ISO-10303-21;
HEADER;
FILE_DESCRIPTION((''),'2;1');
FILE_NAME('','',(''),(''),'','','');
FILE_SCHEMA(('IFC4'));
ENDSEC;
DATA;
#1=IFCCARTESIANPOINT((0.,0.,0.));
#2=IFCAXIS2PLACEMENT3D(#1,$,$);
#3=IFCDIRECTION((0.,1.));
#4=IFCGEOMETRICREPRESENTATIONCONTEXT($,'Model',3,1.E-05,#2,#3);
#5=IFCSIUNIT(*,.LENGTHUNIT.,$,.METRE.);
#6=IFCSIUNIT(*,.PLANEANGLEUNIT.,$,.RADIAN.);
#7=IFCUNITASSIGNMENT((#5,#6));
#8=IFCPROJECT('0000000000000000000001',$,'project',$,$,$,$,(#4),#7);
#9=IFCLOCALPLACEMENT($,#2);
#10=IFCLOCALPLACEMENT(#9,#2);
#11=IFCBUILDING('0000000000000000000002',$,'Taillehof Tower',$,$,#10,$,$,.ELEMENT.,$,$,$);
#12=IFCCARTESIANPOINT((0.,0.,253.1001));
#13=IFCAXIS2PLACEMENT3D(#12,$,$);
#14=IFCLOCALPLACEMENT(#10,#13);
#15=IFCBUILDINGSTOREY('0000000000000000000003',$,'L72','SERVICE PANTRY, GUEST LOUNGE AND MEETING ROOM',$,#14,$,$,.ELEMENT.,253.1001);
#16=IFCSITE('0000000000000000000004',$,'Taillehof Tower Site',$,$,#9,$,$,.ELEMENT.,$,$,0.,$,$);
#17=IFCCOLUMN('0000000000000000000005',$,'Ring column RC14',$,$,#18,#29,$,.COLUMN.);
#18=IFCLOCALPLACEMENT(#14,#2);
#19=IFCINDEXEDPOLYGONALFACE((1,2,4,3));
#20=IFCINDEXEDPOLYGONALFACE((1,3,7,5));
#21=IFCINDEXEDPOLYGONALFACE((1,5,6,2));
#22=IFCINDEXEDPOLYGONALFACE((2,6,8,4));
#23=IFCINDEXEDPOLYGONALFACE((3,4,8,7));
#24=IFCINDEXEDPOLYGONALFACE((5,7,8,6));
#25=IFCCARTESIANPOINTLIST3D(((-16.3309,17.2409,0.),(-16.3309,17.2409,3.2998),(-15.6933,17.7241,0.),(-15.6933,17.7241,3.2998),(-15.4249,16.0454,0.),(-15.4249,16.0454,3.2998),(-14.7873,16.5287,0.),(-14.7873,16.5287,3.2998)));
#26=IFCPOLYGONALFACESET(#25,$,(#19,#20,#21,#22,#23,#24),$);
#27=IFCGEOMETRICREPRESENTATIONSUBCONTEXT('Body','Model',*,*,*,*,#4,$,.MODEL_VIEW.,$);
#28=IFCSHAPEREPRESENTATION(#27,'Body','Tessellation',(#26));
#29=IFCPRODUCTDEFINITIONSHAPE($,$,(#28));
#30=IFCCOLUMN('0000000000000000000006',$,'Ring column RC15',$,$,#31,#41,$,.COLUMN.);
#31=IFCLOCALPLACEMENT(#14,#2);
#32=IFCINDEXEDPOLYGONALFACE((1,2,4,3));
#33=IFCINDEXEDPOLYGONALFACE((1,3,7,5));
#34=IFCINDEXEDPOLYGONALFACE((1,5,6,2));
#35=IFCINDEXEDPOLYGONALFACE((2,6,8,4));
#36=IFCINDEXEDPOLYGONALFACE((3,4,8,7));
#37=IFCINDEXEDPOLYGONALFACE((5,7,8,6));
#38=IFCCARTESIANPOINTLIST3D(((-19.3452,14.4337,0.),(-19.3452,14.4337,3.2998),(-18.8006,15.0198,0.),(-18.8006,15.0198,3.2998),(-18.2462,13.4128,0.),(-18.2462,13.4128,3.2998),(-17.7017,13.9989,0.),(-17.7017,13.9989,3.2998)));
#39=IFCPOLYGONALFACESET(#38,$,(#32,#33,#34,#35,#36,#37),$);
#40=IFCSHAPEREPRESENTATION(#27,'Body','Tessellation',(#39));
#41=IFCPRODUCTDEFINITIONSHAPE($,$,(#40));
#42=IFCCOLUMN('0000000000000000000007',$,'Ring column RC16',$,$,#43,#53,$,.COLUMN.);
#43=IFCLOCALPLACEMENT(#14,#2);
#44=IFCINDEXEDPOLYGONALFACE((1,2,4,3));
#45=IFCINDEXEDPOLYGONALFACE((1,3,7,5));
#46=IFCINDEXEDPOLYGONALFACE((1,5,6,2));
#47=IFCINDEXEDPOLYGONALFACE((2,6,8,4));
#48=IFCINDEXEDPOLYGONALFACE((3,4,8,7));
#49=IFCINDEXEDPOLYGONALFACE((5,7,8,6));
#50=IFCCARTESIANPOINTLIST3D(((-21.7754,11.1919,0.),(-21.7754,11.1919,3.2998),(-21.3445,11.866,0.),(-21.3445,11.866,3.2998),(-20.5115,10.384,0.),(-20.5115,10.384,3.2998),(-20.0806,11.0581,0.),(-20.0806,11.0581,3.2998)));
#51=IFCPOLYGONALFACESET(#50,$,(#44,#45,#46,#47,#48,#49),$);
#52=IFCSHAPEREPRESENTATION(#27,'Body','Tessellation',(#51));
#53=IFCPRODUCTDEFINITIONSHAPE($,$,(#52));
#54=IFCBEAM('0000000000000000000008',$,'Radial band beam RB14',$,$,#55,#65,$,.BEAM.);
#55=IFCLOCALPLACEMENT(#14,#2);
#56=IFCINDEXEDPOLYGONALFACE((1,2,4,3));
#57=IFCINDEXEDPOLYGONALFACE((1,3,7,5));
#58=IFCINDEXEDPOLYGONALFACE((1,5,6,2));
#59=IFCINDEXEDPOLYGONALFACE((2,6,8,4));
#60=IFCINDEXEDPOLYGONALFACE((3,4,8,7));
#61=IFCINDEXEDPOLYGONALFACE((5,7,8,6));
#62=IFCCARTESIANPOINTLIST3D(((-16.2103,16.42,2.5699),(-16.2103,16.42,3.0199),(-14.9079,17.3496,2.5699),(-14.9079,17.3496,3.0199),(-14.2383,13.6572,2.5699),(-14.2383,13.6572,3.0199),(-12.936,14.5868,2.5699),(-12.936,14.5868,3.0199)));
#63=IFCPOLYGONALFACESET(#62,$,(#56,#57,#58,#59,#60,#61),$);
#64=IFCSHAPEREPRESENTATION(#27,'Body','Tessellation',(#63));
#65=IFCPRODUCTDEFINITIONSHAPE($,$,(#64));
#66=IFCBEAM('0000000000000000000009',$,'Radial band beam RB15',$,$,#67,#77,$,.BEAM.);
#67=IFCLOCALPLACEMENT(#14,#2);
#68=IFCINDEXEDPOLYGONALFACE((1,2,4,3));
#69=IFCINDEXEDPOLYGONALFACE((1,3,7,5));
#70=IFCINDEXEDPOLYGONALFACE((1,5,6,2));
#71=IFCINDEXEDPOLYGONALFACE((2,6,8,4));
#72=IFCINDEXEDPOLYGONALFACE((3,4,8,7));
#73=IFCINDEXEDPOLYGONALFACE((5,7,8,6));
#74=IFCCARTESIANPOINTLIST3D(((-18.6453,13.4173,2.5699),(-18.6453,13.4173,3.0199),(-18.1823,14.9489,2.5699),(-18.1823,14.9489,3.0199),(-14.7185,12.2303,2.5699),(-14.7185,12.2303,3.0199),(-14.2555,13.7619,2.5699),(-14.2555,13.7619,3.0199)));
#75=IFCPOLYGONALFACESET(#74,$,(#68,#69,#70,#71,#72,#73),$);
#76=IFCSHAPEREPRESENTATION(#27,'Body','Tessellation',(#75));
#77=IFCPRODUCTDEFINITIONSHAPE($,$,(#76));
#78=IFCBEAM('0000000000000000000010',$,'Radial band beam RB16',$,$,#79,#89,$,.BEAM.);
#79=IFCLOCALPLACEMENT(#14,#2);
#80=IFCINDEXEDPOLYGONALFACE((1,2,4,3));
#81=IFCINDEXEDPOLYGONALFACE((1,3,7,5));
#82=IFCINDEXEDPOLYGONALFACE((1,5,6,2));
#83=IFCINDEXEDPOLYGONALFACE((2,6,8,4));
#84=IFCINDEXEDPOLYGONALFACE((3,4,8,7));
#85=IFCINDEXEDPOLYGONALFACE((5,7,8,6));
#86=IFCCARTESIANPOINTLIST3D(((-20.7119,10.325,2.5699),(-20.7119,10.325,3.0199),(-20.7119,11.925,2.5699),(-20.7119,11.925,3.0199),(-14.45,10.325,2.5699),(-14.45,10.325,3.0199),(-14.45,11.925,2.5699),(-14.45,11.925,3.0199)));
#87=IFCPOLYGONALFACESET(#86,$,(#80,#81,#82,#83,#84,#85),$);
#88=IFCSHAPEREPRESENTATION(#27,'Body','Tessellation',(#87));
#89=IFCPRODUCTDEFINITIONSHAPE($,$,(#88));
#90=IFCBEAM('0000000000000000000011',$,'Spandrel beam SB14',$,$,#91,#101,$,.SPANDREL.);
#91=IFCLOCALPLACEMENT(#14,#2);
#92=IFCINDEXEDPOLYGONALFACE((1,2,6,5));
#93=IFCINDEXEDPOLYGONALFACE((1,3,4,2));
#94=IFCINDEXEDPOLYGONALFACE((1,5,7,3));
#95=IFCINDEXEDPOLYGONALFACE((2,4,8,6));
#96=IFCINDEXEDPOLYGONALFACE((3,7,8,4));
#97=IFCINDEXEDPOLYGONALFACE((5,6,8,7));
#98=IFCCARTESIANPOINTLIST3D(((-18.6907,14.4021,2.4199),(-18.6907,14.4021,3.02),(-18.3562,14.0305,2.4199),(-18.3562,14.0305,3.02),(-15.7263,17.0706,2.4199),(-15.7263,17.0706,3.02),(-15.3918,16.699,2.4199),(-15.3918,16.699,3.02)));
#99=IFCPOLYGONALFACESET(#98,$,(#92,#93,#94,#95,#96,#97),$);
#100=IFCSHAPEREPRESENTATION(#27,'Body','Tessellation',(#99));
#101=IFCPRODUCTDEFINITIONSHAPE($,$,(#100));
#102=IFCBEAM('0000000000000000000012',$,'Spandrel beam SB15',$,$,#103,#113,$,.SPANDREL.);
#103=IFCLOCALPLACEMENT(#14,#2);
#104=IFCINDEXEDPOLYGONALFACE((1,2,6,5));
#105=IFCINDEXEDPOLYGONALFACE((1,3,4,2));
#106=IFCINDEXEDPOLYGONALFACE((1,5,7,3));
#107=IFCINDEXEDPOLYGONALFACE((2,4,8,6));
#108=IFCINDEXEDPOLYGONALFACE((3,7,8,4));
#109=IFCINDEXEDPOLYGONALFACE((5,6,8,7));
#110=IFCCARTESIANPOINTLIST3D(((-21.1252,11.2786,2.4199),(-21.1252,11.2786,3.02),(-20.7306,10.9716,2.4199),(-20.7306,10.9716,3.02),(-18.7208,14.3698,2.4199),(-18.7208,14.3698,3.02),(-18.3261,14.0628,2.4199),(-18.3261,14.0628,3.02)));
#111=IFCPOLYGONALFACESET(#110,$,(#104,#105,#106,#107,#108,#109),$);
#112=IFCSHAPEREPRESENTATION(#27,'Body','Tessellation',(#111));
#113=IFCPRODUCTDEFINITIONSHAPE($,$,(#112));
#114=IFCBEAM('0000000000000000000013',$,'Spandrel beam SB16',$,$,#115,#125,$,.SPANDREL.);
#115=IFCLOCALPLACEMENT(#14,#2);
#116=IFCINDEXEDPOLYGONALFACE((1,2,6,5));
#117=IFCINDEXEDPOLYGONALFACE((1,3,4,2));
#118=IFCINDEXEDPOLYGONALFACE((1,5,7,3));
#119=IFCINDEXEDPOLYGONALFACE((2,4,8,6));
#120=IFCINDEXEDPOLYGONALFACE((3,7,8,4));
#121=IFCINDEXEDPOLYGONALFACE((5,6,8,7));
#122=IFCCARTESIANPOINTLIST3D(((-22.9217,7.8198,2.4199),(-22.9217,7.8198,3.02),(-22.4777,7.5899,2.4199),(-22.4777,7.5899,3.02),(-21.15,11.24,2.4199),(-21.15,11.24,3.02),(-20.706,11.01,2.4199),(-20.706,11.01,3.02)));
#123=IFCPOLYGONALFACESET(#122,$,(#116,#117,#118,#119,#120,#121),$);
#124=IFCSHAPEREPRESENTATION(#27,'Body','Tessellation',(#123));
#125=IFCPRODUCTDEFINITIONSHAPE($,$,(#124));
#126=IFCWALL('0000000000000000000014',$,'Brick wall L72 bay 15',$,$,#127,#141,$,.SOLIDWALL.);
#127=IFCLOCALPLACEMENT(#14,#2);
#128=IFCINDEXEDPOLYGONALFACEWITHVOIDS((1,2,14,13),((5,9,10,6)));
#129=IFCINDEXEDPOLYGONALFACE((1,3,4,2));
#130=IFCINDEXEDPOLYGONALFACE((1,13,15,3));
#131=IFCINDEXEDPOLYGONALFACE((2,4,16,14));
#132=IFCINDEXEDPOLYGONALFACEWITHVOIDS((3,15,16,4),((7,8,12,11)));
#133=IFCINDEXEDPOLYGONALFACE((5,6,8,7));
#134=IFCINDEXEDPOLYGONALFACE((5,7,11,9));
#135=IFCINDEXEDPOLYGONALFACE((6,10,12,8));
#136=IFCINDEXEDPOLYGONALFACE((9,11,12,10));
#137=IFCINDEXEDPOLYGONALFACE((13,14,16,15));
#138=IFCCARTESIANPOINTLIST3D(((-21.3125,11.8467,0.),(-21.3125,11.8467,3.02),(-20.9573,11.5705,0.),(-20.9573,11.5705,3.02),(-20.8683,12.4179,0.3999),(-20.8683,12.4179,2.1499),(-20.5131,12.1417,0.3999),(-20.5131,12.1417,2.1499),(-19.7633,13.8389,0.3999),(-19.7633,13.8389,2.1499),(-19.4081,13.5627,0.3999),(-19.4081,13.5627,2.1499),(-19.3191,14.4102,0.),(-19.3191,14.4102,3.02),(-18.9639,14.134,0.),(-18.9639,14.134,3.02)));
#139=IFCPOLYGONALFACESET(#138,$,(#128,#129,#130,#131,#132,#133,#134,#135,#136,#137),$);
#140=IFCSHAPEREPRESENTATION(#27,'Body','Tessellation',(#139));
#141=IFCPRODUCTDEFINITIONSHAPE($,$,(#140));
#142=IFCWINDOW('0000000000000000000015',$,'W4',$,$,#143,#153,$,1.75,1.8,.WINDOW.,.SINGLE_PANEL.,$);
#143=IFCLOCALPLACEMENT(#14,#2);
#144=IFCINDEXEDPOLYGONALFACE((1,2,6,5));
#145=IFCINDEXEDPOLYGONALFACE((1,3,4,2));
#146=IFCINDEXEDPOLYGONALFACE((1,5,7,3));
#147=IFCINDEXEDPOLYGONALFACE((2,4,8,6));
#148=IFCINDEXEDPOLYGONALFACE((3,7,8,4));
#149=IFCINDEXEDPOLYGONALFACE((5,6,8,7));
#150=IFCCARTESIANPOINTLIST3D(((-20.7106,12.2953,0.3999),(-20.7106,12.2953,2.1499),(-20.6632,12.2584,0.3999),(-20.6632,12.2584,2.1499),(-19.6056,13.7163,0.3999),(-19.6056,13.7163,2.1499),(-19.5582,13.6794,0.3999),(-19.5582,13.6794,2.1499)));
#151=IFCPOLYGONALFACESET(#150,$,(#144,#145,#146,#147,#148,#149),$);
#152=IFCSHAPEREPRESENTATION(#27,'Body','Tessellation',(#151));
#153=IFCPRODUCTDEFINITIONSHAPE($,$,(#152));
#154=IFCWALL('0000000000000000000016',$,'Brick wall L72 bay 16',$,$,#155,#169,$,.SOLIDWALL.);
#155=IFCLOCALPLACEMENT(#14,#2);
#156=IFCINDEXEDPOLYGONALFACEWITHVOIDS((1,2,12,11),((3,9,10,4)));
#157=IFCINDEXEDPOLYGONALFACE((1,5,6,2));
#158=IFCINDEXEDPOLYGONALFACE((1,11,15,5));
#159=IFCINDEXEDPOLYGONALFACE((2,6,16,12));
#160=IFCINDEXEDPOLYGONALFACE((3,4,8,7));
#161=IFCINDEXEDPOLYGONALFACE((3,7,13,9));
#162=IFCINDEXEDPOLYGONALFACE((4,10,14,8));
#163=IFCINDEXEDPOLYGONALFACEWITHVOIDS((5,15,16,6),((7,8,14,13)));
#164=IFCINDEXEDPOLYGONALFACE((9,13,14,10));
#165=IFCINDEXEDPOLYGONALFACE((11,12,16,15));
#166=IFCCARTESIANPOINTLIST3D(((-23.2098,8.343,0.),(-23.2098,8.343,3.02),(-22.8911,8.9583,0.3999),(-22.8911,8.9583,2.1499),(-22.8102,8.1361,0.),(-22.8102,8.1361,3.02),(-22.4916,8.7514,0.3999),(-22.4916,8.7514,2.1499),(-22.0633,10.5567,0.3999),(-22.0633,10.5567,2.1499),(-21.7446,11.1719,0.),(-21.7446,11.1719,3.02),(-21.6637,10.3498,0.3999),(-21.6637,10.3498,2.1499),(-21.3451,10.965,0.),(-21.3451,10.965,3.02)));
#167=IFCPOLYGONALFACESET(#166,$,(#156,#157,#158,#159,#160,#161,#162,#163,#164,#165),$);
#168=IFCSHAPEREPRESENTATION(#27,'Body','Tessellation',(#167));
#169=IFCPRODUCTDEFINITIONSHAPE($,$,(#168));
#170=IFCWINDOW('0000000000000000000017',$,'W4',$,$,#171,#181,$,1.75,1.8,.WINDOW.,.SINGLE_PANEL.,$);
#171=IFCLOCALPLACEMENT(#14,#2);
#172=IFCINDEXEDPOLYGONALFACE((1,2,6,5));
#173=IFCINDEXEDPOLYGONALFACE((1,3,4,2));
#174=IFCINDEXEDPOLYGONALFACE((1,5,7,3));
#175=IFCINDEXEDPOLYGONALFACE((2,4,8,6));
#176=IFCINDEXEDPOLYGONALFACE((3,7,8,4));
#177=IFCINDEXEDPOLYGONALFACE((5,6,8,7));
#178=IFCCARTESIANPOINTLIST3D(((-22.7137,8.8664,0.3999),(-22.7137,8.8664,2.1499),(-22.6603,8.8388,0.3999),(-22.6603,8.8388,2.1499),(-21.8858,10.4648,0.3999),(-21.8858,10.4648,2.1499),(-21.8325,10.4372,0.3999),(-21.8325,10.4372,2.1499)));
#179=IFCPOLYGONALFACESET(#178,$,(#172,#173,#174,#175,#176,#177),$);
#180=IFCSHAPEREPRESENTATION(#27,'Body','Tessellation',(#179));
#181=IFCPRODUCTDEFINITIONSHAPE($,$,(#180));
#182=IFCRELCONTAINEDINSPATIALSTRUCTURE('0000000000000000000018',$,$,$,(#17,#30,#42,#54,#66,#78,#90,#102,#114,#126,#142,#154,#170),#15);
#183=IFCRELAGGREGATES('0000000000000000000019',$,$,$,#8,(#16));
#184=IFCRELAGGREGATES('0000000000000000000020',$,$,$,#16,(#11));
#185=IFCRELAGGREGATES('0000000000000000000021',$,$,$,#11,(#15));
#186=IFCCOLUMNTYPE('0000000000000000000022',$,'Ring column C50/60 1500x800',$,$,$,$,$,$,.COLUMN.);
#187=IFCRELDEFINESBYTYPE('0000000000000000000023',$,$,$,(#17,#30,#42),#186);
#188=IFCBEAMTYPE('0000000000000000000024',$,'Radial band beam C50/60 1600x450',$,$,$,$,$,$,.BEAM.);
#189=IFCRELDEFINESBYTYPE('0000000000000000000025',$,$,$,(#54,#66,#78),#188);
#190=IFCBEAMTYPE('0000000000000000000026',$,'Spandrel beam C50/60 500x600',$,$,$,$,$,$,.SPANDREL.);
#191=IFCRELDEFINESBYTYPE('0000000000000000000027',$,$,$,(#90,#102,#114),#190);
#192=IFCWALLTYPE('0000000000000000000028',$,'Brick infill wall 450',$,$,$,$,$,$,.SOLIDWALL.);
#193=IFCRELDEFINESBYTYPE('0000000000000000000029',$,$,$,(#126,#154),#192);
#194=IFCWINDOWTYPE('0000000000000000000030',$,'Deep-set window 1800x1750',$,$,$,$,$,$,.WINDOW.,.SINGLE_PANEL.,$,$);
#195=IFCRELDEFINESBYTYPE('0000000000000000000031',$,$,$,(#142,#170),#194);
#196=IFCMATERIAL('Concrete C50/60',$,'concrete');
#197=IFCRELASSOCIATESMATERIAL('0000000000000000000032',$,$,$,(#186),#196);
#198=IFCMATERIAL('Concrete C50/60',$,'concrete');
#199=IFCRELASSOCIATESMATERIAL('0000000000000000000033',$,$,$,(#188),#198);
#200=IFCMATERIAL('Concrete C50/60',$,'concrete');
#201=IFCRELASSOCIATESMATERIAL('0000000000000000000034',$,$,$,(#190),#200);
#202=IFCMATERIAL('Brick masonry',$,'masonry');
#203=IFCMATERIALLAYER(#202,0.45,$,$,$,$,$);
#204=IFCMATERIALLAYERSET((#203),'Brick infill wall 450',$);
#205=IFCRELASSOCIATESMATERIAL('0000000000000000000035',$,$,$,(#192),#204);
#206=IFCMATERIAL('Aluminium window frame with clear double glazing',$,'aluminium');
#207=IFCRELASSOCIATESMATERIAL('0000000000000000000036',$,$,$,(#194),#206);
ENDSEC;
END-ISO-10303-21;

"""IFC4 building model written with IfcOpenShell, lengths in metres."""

from ifc_helpers import new_model, si_unit, direction, frame, frame_2d, origin, origin_2d, place, context, subcontext, project, spatial, rectangle, extrude, material, layer, layer_set, material_profile, profile_set, type_object, element, fill, save


model = new_model("IFC4")

# Units and contexts
model_context = context("Model", 3, precision=1e-05, world=origin(), true_north=direction((0.0, 1.0)))
body_context = subcontext(model_context, "Body", "Model", "MODEL_VIEW")
ifc_project = project(units=[si_unit("LENGTHUNIT", "METRE"), si_unit("PLANEANGLEUNIT", "RADIAN")], contexts=[model_context])

# Site, building, storey
site_placement = place(None, origin())
site = spatial("IfcSite", under=ifc_project, at=site_placement, Name="Taillehof Tower Site", CompositionType="ELEMENT", RefElevation=0.0)
building_placement = place(site_placement, origin())
building = spatial("IfcBuilding", under=site, at=building_placement, Name="Taillehof Tower", CompositionType="ELEMENT")
storey_placement = place(building_placement, frame((0.0, 0.0, 253.1001)))
storey = spatial("IfcBuildingStorey", under=building, at=storey_placement, Name="L72", Description="SERVICE PANTRY, GUEST LOUNGE AND MEETING ROOM", CompositionType="ELEMENT", Elevation=253.1001)

# Columns
ifc_material_1 = material(Name="Concrete C50/60", Category="concrete")
ifc_material_profile_1 = material_profile(ifc_material_1, rectangle(XDim=1.5, YDim=0.8, at=origin_2d()), Name="RC 1500x800")
ifc_profile_set_1 = profile_set([ifc_material_profile_1], Name="Concrete C50/60")
column_type = type_object("IfcColumnType", Name="Ring column C50/60 1500x800", PredefinedType="COLUMN", material=ifc_profile_set_1)
for number, where, z_axis, x_axis, name in (
    (1, (-15.5591, 16.8848, 0.0), (0.0, 0.0, 1.0), (-0.60402, 0.796969, 0.0), "Ring column RC14"),
    (2, (-18.5234, 14.2163, 0.0), (0.0, 0.0, 1.0), (-0.732636, 0.680621, 0.0), "Ring column RC15"),
    (3, (-20.928, 11.125, 0.0), (0.0, 0.0, 1.0), (-0.842574, 0.538581, 0.0), "Ring column RC16"),
):
    element("IfcColumn", number, at=place(storey_placement, frame(where, z_axis=z_axis, x_axis=x_axis)), inside=storey, type_object=column_type, Name=name, PredefinedType="COLUMN", context=body_context, shape_type="SweptSolid", body=[
        extrude(rectangle(XDim=1.5, YDim=0.8, at=origin_2d()), origin(), (0.0, 0.0, 1.0), 3.2998),
    ])

# Beams
ifc_material_2 = material(Name="Concrete C50/60", Category="concrete")
ifc_material_profile_2 = material_profile(ifc_material_2, rectangle(XDim=1.6001, YDim=0.45, at=origin_2d()), Name="RC 1600x450")
ifc_profile_set_2 = profile_set([ifc_material_profile_2], Name="Concrete C50/60")
beam_type_1 = type_object("IfcBeamType", Name="Radial band beam C50/60 1600x450", PredefinedType="BEAM", material=ifc_profile_set_2)
beam_1_placement = place(storey_placement, frame((-15.5591, 16.8848, 2.7949), z_axis=(0.580959, -0.813933, 0.0), x_axis=(0.813933, 0.580959, 0.0)))
element("IfcBeam", 4, at=beam_1_placement, inside=storey, type_object=beam_type_1, Name="Radial band beam RB14", PredefinedType="BEAM", context=body_context, shape_type="SweptSolid", body=[
    extrude(rectangle(XDim=1.6001, YDim=0.45, at=origin_2d()), origin(), (0.0, 0.0, 1.0), 3.3943),
])
beam_2_placement = place(storey_placement, frame((-18.4138, 14.1831, 2.7949), z_axis=(0.957221, -0.289357, 0.0), x_axis=(0.289357, 0.957221, 0.0)))
element("IfcBeam", 5, at=beam_2_placement, inside=storey, type_object=beam_type_1, Name="Radial band beam RB15", PredefinedType="BEAM", context=body_context, shape_type="SweptSolid", body=[
    extrude(rectangle(XDim=1.6001, YDim=0.45, at=origin_2d()), origin(), (0.0, 0.0, 1.0), 4.1023),
])
beam_3_placement = place(storey_placement, frame((-20.7119, 11.125, 2.7949), z_axis=(1.0, 0.0, 0.0), x_axis=(0.0, 1.0, 0.0)))
element("IfcBeam", 6, at=beam_3_placement, inside=storey, type_object=beam_type_1, Name="Radial band beam RB16", PredefinedType="BEAM", context=body_context, shape_type="SweptSolid", body=[
    extrude(rectangle(XDim=1.6001, YDim=0.45, at=origin_2d()), origin(), (0.0, 0.0, 1.0), 6.262),
])
ifc_material_3 = material(Name="Concrete C50/60", Category="concrete")
ifc_material_profile_3 = material_profile(ifc_material_3, rectangle(XDim=0.5, YDim=0.6001, at=origin_2d()), Name="RC 500x600")
ifc_profile_set_3 = profile_set([ifc_material_profile_3], Name="Concrete C50/60")
beam_type_2 = type_object("IfcBeamType", Name="Spandrel beam C50/60 500x600", PredefinedType="SPANDREL", material=ifc_profile_set_3)
beam_4_placement = place(storey_placement, frame((-15.5591, 16.8848, 2.72), z_axis=(-0.743227, -0.669039, 0.0), x_axis=(0.669039, -0.743227, 0.0)))
element("IfcBeam", 7, at=beam_4_placement, inside=storey, type_object=beam_type_2, Name="Spandrel beam SB14", PredefinedType="SPANDREL", context=body_context, shape_type="SweptSolid", body=[
    extrude(rectangle(XDim=0.5, YDim=0.6001, at=origin_2d()), origin(), (0.0, 0.0, 1.0), 3.9885),
])
beam_5_placement = place(storey_placement, frame((-18.5234, 14.2163, 2.72), z_axis=(-0.613971, -0.789329, 0.0), x_axis=(0.789329, -0.613971, 0.0)))
element("IfcBeam", 8, at=beam_5_placement, inside=storey, type_object=beam_type_2, Name="Spandrel beam SB15", PredefinedType="SPANDREL", context=body_context, shape_type="SweptSolid", body=[
    extrude(rectangle(XDim=0.5, YDim=0.6001, at=origin_2d()), origin(), (0.0, 0.0, 1.0), 3.9163),
])
beam_6_placement = place(storey_placement, frame((-20.928, 11.125, 2.72), z_axis=(-0.459971, -0.887934, 0.0), x_axis=(0.887934, -0.459971, 0.0)))
element("IfcBeam", 9, at=beam_6_placement, inside=storey, type_object=beam_type_2, Name="Spandrel beam SB16", PredefinedType="SPANDREL", context=body_context, shape_type="SweptSolid", body=[
    extrude(rectangle(XDim=0.5, YDim=0.6001, at=origin_2d()), origin(), (0.0, 0.0, 1.0), 3.8518),
])

# Walls, openings, windows
ifc_material_4 = material(Name="Brick masonry", Category="masonry")
ifc_layer_1 = layer(ifc_material_4, 0.45)
ifc_layer_set_1 = layer_set([ifc_layer_1], Name="Brick infill wall 450")
wall_type_1 = type_object("IfcWallType", Name="Brick infill wall 450", PredefinedType="SOLIDWALL", material=ifc_layer_set_1)
wall_1_placement = place(storey_placement, frame((-19.1416, 14.272, 0.0), z_axis=(0.0, 0.0, 1.0), x_axis=(-0.613863, -0.789413, 0.0)))
wall_1 = element("IfcWall", 10, at=wall_1_placement, inside=storey, type_object=wall_type_1, Name="Brick wall L72 bay 15", PredefinedType="SOLIDWALL", context=body_context, shape_type="SweptSolid", body=[
    extrude(rectangle(XDim=3.2473, YDim=0.45, at=frame_2d((1.6235, 0.0))), origin(), (0.0, 0.0, 1.0), 3.02),
])
opening_1_placement = place(wall_1_placement, frame((0.7236, 0.0, 0.3999)))
opening_1 = element("IfcOpeningElement", 11, at=opening_1_placement, cuts=wall_1, PredefinedType="OPENING", context=body_context, shape_type="SweptSolid", body=[
    extrude(rectangle(XDim=1.8, YDim=1.75, at=frame_2d((0.8999, 0.875))), frame((0.0, 0.2349, 0.0), z_axis=(0.0, -1.0, 0.0), x_axis=(1.0, 0.0, 0.0)), (0.0, 0.0, 1.0), 0.47),
])
ifc_material_5 = material(Name="Aluminium window frame with clear double glazing", Category="aluminium")
window_type_1 = type_object("IfcWindowType", Name="Deep-set window 1800x1750", PartitioningType="SINGLE_PANEL", PredefinedType="WINDOW", material=ifc_material_5)
window_1_placement = place(opening_1_placement, origin())
window_1 = element("IfcWindow", 12, at=window_1_placement, inside=storey, type_object=window_type_1, Name="W4", OverallHeight=1.75, OverallWidth=1.8, PartitioningType="SINGLE_PANEL", PredefinedType="WINDOW", context=body_context, shape_type="SweptSolid", body=[
    extrude(rectangle(XDim=1.8, YDim=1.75, at=frame_2d((0.8999, 0.875))), frame((0.0, 0.0349, 0.0), z_axis=(0.0, -1.0, 0.0), x_axis=(1.0, 0.0, 0.0)), (0.0, 0.0, 1.0), 0.0601),
])
fill(opening_1, window_1)
wall_2_placement = place(storey_placement, frame((-21.5449, 11.0684, 0.0), z_axis=(0.0, 0.0, 1.0), x_axis=(-0.45989, -0.887976, 0.0)))
wall_2 = element("IfcWall", 13, at=wall_2_placement, inside=storey, type_object=wall_type_1, Name="Brick wall L72 bay 16", PredefinedType="SOLIDWALL", context=body_context, shape_type="SweptSolid", body=[
    extrude(rectangle(XDim=3.1858, YDim=0.45, at=frame_2d((1.5928, 0.0))), origin(), (0.0, 0.0, 1.0), 3.02),
])
opening_2_placement = place(wall_2_placement, frame((0.6929, 0.0, 0.3999)))
opening_2 = element("IfcOpeningElement", 14, at=opening_2_placement, cuts=wall_2, PredefinedType="OPENING", context=body_context, shape_type="SweptSolid", body=[
    extrude(rectangle(XDim=1.8, YDim=1.75, at=frame_2d((0.8999, 0.875))), frame((0.0, 0.2349, 0.0), z_axis=(0.0, -1.0, 0.0), x_axis=(1.0, 0.0, 0.0)), (0.0, 0.0, 1.0), 0.47),
])
window_2_placement = place(opening_2_placement, origin())
window_2 = element("IfcWindow", 15, at=window_2_placement, inside=storey, type_object=window_type_1, Name="W4", OverallHeight=1.75, OverallWidth=1.8, PartitioningType="SINGLE_PANEL", PredefinedType="WINDOW", context=body_context, shape_type="SweptSolid", body=[
    extrude(rectangle(XDim=1.8, YDim=1.75, at=frame_2d((0.8999, 0.875))), frame((0.0, 0.0349, 0.0), z_axis=(0.0, -1.0, 0.0), x_axis=(1.0, 0.0, 0.0)), (0.0, 0.0, 1.0), 0.0601),
])
fill(opening_2, window_2)

save(model, "model.ifc")
